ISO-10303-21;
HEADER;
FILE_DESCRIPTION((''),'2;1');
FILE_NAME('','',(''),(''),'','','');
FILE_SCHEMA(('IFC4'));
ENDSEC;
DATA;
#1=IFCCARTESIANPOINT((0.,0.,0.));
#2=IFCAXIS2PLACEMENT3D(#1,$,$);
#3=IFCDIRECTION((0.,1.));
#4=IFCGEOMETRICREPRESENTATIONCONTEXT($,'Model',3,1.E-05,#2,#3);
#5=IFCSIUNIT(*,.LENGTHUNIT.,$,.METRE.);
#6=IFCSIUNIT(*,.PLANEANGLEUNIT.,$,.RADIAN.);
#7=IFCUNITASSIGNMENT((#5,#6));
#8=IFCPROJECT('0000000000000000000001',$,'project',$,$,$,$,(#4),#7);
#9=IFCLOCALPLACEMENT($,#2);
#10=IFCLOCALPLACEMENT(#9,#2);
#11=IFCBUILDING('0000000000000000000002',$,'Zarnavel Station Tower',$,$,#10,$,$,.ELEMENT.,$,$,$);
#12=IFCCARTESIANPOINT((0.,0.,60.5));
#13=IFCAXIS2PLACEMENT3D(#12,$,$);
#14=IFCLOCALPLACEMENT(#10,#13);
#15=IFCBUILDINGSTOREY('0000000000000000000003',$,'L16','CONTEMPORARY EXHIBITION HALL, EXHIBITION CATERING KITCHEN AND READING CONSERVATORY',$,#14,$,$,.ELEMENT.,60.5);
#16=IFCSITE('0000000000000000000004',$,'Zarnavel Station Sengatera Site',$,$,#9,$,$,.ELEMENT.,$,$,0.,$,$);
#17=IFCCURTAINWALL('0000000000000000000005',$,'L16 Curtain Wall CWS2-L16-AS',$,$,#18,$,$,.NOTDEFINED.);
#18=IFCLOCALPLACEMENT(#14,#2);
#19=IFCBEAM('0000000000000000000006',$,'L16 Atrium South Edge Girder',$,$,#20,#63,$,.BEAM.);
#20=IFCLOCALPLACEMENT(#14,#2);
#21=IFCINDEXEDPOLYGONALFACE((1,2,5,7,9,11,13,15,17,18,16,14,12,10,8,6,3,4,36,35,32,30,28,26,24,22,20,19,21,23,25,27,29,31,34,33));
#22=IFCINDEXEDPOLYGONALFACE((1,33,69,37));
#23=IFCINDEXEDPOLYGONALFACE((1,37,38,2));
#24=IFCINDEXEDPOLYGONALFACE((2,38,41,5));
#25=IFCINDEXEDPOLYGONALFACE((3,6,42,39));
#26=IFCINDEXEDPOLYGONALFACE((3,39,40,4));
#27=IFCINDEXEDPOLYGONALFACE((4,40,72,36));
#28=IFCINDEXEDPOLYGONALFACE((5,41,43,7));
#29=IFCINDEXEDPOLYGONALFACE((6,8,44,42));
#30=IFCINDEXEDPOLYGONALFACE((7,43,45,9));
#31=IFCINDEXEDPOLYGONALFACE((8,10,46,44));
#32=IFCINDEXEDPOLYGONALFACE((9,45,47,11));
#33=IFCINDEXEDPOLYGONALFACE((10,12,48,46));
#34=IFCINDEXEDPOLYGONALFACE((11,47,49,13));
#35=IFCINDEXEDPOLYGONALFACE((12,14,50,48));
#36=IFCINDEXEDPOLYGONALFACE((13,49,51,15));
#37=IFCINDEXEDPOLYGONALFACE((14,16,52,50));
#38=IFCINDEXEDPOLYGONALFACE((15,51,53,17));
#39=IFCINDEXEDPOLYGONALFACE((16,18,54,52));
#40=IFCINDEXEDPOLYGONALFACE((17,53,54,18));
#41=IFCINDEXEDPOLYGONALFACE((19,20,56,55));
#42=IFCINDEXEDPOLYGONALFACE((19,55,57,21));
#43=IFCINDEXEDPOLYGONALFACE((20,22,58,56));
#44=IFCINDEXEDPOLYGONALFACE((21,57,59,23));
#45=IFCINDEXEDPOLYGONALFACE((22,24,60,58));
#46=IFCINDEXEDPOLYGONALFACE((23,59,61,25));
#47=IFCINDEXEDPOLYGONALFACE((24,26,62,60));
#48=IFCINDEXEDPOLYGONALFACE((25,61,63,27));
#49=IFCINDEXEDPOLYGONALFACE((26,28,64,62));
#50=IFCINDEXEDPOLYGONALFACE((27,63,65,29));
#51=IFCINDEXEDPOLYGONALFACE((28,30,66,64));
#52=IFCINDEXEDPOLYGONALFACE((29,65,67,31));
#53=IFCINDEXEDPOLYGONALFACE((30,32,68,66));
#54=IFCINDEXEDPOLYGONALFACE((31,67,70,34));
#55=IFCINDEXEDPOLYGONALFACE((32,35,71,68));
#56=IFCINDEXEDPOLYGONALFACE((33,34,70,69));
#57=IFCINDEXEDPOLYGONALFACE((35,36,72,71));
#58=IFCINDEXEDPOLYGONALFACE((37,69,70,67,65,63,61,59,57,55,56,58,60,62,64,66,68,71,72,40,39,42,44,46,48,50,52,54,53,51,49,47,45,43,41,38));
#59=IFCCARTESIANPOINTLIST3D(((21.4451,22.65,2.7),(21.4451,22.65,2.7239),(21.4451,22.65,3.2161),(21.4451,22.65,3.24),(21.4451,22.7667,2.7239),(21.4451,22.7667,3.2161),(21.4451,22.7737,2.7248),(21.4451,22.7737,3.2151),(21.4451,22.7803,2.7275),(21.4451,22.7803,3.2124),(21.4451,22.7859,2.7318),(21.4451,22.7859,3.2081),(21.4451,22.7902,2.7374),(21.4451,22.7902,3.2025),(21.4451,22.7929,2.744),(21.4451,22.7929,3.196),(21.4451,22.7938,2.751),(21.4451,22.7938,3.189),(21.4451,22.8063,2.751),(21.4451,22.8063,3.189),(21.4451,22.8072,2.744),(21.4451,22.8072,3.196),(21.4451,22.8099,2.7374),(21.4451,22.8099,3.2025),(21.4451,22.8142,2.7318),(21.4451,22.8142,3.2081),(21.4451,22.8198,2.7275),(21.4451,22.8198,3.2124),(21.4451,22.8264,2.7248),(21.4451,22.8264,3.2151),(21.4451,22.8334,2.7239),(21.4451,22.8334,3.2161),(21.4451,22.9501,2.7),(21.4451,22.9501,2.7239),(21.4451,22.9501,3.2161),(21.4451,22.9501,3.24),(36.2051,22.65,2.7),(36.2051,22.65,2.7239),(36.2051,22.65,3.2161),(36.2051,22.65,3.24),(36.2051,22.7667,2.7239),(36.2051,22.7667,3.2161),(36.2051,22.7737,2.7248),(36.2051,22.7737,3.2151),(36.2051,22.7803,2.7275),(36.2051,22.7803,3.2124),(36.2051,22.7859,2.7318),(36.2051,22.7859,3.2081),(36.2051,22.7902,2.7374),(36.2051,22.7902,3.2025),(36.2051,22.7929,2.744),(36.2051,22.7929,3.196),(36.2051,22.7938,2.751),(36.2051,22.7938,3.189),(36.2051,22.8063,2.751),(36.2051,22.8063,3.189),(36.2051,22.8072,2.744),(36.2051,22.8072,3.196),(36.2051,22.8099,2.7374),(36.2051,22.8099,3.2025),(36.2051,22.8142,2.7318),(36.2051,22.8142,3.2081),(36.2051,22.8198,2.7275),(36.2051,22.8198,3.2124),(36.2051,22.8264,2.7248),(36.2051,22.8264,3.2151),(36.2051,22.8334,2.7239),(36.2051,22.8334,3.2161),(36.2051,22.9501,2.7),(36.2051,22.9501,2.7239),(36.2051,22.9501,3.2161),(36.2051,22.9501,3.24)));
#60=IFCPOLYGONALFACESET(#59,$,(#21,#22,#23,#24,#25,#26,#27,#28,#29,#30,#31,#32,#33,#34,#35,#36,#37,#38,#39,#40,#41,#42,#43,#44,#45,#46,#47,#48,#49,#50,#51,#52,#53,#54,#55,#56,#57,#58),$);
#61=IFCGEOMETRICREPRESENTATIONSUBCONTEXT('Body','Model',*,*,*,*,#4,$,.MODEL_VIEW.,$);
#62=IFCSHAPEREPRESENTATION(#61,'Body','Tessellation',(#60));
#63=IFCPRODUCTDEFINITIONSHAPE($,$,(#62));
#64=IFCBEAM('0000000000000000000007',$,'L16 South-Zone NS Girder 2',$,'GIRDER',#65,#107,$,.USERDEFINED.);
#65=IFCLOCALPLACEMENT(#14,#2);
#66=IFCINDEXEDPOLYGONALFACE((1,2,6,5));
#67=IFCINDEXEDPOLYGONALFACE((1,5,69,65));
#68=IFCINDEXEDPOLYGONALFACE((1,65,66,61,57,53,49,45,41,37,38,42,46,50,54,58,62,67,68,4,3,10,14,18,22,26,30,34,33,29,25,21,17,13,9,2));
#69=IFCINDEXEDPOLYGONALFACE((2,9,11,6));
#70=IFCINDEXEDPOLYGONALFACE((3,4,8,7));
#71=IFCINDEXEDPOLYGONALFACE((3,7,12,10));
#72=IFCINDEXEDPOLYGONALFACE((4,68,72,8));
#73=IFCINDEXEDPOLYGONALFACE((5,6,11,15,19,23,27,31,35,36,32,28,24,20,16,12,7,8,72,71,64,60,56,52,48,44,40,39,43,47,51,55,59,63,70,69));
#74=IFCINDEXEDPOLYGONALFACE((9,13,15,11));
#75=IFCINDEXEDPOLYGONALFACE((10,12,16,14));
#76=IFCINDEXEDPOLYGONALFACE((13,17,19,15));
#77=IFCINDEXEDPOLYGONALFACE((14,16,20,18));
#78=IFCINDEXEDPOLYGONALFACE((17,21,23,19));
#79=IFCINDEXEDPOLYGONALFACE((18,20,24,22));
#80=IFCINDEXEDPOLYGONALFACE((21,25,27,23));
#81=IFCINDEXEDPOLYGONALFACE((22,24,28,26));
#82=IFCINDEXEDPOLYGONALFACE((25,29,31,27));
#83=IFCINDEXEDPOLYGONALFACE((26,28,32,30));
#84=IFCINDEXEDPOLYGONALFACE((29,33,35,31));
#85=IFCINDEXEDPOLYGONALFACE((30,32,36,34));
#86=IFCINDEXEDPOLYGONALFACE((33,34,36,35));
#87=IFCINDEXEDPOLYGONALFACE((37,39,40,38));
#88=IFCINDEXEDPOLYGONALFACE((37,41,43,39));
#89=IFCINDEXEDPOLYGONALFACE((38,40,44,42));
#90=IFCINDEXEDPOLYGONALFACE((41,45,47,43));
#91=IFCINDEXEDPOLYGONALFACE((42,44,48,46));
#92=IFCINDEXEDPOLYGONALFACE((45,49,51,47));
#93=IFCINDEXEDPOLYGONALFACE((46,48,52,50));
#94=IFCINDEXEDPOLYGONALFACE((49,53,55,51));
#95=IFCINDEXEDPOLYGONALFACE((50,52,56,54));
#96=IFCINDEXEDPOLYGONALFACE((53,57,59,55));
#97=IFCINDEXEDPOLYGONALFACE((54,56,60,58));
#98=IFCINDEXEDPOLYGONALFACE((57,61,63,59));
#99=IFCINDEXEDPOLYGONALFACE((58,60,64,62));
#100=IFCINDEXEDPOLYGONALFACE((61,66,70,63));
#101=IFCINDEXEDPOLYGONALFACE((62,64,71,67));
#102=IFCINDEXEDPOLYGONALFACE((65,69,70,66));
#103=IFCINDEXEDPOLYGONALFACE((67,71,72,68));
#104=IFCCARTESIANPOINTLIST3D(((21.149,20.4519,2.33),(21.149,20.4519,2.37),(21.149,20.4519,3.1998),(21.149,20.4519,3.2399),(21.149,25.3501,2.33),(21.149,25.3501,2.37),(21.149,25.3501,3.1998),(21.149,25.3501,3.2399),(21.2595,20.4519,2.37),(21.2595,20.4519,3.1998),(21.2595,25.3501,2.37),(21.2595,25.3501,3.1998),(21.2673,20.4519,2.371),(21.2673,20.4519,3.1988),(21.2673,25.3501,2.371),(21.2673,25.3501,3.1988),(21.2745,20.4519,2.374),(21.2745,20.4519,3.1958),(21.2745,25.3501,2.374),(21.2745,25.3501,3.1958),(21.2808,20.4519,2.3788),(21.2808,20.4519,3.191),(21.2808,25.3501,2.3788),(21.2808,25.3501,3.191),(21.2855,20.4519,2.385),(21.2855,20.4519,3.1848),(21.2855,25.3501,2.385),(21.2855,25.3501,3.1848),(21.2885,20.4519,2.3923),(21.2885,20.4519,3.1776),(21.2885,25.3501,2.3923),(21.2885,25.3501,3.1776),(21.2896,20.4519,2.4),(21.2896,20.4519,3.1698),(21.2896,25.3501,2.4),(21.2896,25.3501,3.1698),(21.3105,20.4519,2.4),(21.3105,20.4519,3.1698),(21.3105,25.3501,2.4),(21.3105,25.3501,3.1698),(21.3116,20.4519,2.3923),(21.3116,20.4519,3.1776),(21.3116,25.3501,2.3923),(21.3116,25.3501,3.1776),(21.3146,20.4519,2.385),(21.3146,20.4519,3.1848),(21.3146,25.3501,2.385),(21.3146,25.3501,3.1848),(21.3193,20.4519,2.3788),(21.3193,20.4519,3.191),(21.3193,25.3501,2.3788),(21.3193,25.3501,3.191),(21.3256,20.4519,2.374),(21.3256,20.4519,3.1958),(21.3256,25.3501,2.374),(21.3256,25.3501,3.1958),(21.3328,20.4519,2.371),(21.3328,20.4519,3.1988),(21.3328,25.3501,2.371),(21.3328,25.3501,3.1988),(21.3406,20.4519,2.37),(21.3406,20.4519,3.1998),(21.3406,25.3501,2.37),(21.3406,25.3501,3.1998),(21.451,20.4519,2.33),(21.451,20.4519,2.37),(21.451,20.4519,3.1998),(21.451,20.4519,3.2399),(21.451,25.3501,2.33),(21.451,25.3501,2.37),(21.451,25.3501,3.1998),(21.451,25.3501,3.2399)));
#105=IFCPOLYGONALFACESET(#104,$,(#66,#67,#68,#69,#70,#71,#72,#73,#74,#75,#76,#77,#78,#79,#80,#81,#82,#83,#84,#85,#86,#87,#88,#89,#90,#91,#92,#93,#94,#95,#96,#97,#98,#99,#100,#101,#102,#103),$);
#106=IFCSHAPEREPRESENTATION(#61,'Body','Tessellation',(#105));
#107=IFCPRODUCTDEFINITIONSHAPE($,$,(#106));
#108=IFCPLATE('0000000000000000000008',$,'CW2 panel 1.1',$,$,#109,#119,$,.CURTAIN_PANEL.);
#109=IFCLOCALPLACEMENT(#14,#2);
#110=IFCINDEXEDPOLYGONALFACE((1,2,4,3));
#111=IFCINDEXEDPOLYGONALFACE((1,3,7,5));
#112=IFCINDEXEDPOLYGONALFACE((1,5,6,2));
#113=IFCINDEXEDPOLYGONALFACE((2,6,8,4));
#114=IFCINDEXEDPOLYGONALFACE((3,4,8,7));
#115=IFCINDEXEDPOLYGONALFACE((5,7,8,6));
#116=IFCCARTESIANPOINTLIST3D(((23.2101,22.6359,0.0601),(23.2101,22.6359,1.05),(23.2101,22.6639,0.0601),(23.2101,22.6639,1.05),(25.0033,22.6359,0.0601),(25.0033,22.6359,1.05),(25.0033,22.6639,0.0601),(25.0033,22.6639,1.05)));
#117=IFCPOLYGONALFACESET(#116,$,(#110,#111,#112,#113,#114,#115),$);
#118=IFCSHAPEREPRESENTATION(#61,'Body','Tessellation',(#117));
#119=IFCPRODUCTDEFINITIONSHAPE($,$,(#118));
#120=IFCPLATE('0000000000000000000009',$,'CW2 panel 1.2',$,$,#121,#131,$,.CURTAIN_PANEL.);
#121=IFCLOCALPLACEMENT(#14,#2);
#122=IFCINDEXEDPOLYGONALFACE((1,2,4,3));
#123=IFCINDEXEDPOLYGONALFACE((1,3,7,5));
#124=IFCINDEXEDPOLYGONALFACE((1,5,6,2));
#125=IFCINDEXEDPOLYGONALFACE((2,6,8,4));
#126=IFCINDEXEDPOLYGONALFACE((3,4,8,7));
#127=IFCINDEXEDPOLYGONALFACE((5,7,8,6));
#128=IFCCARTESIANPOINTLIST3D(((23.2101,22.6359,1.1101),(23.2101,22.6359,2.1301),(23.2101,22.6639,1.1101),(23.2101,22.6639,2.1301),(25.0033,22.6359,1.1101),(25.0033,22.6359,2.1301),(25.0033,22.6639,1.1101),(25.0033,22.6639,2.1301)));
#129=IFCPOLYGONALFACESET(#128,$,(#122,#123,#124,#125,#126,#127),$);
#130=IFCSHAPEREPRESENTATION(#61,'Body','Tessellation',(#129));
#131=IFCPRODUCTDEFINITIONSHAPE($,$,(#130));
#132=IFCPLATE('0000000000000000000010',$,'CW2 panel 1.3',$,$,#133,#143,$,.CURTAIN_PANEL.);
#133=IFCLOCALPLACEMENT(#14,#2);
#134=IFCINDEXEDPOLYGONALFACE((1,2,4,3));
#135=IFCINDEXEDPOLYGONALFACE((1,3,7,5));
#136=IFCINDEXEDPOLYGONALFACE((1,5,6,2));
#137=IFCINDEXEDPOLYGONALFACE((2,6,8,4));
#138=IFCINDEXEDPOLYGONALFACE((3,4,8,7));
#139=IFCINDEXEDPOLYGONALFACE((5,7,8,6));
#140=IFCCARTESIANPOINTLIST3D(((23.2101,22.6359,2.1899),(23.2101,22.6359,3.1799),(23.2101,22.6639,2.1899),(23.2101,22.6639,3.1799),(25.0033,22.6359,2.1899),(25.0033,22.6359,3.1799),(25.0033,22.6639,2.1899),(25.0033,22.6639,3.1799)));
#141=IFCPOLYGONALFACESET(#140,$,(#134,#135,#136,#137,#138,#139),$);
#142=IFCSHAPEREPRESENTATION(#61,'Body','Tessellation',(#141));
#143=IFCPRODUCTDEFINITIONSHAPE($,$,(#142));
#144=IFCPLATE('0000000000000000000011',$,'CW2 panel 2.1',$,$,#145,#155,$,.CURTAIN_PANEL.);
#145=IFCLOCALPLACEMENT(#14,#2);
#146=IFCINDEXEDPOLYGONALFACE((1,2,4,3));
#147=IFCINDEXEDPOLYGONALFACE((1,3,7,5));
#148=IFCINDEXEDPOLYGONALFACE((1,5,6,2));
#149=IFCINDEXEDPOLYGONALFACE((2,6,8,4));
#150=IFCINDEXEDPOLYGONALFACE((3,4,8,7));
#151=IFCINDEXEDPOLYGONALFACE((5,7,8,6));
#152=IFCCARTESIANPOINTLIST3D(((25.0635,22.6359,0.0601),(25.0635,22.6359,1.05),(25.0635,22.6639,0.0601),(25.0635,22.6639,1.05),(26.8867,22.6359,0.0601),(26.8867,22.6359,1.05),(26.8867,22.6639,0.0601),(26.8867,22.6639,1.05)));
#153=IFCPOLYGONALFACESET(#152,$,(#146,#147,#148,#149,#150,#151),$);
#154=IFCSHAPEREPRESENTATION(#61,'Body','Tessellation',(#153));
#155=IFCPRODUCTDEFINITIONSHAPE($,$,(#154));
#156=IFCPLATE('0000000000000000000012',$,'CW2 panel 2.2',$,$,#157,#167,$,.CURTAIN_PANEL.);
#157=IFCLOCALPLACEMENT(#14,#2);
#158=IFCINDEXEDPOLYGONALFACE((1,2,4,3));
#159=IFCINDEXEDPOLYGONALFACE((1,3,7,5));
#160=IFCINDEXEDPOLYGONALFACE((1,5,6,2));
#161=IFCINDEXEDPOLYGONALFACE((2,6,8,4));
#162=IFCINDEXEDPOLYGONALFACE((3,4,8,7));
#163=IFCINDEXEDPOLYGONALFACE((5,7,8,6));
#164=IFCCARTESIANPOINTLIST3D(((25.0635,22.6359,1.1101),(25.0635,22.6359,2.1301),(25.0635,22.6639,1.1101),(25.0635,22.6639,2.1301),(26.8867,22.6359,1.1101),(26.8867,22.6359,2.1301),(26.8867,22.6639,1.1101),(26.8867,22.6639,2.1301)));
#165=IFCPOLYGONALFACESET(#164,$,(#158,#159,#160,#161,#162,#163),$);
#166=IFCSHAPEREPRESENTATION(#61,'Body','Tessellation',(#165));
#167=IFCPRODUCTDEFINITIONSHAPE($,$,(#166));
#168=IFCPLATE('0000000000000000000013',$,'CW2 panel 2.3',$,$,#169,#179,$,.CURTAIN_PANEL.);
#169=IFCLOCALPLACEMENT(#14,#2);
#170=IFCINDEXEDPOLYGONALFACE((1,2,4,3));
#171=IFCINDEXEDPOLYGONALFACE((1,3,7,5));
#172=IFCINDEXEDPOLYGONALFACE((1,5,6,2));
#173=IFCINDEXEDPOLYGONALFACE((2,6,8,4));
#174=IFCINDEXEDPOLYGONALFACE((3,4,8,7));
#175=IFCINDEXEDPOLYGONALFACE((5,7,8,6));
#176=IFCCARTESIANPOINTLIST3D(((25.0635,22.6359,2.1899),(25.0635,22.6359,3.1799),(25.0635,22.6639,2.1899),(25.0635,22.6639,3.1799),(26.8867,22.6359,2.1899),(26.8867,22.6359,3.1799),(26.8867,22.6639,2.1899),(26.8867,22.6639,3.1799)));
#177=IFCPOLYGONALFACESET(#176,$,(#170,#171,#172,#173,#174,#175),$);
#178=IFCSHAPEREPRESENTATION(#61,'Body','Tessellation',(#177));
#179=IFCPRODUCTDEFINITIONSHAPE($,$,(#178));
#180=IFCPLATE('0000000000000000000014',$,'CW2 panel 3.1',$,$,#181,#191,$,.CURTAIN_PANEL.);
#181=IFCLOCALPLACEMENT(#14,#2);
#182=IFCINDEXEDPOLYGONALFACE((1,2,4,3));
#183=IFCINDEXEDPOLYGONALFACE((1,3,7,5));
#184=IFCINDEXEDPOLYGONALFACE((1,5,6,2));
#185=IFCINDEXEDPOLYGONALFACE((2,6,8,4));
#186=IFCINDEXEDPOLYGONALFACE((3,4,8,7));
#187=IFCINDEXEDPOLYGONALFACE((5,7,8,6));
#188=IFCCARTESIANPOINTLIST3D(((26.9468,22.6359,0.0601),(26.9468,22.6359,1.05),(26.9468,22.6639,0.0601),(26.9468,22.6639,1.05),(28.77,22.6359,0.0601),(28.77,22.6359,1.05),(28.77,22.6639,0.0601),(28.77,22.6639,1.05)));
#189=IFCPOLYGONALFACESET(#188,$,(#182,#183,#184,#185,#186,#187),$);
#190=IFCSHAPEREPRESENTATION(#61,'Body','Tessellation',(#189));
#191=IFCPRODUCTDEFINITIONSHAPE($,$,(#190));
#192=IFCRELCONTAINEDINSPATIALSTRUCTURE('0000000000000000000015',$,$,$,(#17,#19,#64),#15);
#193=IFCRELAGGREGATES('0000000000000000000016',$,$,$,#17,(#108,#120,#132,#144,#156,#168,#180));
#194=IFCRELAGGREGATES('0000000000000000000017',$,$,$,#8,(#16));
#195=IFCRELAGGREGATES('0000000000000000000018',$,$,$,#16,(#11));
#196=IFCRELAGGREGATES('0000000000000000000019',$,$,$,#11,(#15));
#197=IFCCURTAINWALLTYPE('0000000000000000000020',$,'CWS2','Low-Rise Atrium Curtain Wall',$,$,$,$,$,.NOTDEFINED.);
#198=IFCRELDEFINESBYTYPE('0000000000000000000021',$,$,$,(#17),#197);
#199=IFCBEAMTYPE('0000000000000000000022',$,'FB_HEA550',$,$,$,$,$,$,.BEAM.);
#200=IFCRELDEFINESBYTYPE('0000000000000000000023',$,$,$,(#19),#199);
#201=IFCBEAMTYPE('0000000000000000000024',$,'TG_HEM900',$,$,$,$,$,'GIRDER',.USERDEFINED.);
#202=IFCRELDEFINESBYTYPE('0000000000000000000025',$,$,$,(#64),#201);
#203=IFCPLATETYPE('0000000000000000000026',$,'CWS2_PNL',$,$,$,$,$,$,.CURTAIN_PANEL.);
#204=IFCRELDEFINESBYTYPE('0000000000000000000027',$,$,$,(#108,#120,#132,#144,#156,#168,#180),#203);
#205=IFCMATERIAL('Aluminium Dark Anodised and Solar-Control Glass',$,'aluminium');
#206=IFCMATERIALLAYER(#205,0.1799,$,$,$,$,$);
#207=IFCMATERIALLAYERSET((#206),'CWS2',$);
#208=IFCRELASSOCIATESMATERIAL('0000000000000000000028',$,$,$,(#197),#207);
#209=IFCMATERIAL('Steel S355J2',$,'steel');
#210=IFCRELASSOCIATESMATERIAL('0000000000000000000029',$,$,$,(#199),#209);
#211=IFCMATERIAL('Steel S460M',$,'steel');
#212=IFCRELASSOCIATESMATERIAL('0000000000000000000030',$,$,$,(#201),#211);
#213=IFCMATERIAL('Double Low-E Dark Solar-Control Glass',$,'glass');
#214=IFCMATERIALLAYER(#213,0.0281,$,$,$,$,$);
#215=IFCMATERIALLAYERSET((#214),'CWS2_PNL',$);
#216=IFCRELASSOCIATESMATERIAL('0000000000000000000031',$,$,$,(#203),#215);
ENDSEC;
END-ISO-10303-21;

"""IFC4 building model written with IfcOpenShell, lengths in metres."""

from ifc_helpers import new_model, si_unit, direction, frame, origin, origin_2d, place, context, subcontext, project, spatial, rectangle, i_section, extrude, material, layer, layer_set, material_profile, profile_set, type_object, element, aggregate, save


model = new_model("IFC4")

# Units and contexts
model_context = context("Model", 3, precision=1e-05, world=origin(), true_north=direction((0.0, 1.0)))
body_context = subcontext(model_context, "Body", "Model", "MODEL_VIEW")
ifc_project = project(units=[si_unit("LENGTHUNIT", "METRE"), si_unit("PLANEANGLEUNIT", "RADIAN")], contexts=[model_context])

# Site, building, storey
site_placement = place(None, origin())
site = spatial("IfcSite", under=ifc_project, at=site_placement, Name="Zarnavel Station Sengatera Site", CompositionType="ELEMENT", RefElevation=0.0)
building_placement = place(site_placement, origin())
building = spatial("IfcBuilding", under=site, at=building_placement, Name="Zarnavel Station Tower", CompositionType="ELEMENT")
storey_placement = place(building_placement, frame((0.0, 0.0, 60.5)))
storey = spatial("IfcBuildingStorey", under=building, at=storey_placement, Name="L16", Description="CONTEMPORARY EXHIBITION HALL, EXHIBITION CATERING KITCHEN AND READING CONSERVATORY", CompositionType="ELEMENT", Elevation=60.5)

# Curtain wall
ifc_material_1 = material(Name="Aluminium Dark Anodised and Solar-Control Glass", Category="aluminium")
ifc_layer_1 = layer(ifc_material_1, 0.1799)
ifc_layer_set_1 = layer_set([ifc_layer_1], Name="CWS2")
curtain_wall_type = type_object("IfcCurtainWallType", Name="CWS2", Description="Low-Rise Atrium Curtain Wall", PredefinedType="NOTDEFINED", material=ifc_layer_set_1)
curtain_wall_placement = place(storey_placement, origin())
curtain_wall = element("IfcCurtainWall", 1, at=curtain_wall_placement, inside=storey, type_object=curtain_wall_type, Name="L16 Curtain Wall CWS2-L16-AS", PredefinedType="NOTDEFINED")

# Beams
ifc_material_2 = material(Name="Steel S355J2", Category="steel")
ifc_material_profile_1 = material_profile(ifc_material_2, i_section(OverallWidth=0.3, OverallDepth=0.54, WebThickness=0.0125, FlangeThickness=0.0239, FilletRadius=0.0271, at=origin_2d()), Name="HEA550")
ifc_profile_set_1 = profile_set([ifc_material_profile_1], Name="Steel S355J2")
beam_type_1 = type_object("IfcBeamType", Name="FB_HEA550", PredefinedType="BEAM", material=ifc_profile_set_1)
beam_1_placement = place(storey_placement, frame((21.4451, 22.8, 2.97), z_axis=(1.0, 0.0, 0.0), x_axis=(0.0, 1.0, 0.0)))
element("IfcBeam", 2, at=beam_1_placement, inside=storey, type_object=beam_type_1, Name="L16 Atrium South Edge Girder", PredefinedType="BEAM", context=body_context, shape_type="SweptSolid", body=[
    extrude(i_section(OverallWidth=0.3, OverallDepth=0.54, WebThickness=0.0125, FlangeThickness=0.0239, FilletRadius=0.0271, at=origin_2d()), origin(), (0.0, 0.0, 1.0), 14.76),
])
ifc_material_3 = material(Name="Steel S460M", Category="steel")
ifc_material_profile_2 = material_profile(ifc_material_3, i_section(OverallWidth=0.302, OverallDepth=0.9099, WebThickness=0.021, FlangeThickness=0.04, FilletRadius=0.03, at=origin_2d()), Name="HEM900")
ifc_profile_set_2 = profile_set([ifc_material_profile_2], Name="Steel S460M")
beam_type_2 = type_object("IfcBeamType", Name="TG_HEM900", ElementType="GIRDER", PredefinedType="USERDEFINED", material=ifc_profile_set_2)
beam_2_placement = place(storey_placement, frame((21.3, 20.4519, 2.7849), z_axis=(0.0, 1.0, 0.0), x_axis=(-1.0, 0.0, 0.0)))
element("IfcBeam", 3, at=beam_2_placement, inside=storey, type_object=beam_type_2, Name="L16 South-Zone NS Girder 2", ObjectType="GIRDER", PredefinedType="USERDEFINED", context=body_context, shape_type="SweptSolid", body=[
    extrude(i_section(OverallWidth=0.302, OverallDepth=0.9099, WebThickness=0.021, FlangeThickness=0.04, FilletRadius=0.03, at=origin_2d()), origin(), (0.0, 0.0, 1.0), 4.8982),
])

# Plates
ifc_material_4 = material(Name="Double Low-E Dark Solar-Control Glass", Category="glass")
ifc_layer_2 = layer(ifc_material_4, 0.0281)
ifc_layer_set_2 = layer_set([ifc_layer_2], Name="CWS2_PNL")
plate_type_1 = type_object("IfcPlateType", Name="CWS2_PNL", PredefinedType="CURTAIN_PANEL", material=ifc_layer_set_2)
plate_1_placement = place(storey_placement, frame((24.1067, 22.6499, 0.0601), z_axis=(0.0, 0.0, 1.0), x_axis=(1.0, 0.0, 0.0)))
plate_1 = element("IfcPlate", 4, at=plate_1_placement, type_object=plate_type_1, Name="CW2 panel 1.1", PredefinedType="CURTAIN_PANEL", context=body_context, shape_type="SweptSolid", body=[
    extrude(rectangle(XDim=1.7932, YDim=0.0281, at=origin_2d()), origin(), (0.0, 0.0, 1.0), 0.99),
])
plate_2_placement = place(storey_placement, frame((24.1067, 22.6499, 1.1101), z_axis=(0.0, 0.0, 1.0), x_axis=(1.0, 0.0, 0.0)))
plate_2 = element("IfcPlate", 5, at=plate_2_placement, type_object=plate_type_1, Name="CW2 panel 1.2", PredefinedType="CURTAIN_PANEL", context=body_context, shape_type="SweptSolid", body=[
    extrude(rectangle(XDim=1.7932, YDim=0.0281, at=origin_2d()), origin(), (0.0, 0.0, 1.0), 1.02),
])
plate_3_placement = place(storey_placement, frame((24.1067, 22.6499, 2.1899), z_axis=(0.0, 0.0, 1.0), x_axis=(1.0, 0.0, 0.0)))
plate_3 = element("IfcPlate", 6, at=plate_3_placement, type_object=plate_type_1, Name="CW2 panel 1.3", PredefinedType="CURTAIN_PANEL", context=body_context, shape_type="SweptSolid", body=[
    extrude(rectangle(XDim=1.7932, YDim=0.0281, at=origin_2d()), origin(), (0.0, 0.0, 1.0), 0.99),
])
plate_4_placement = place(storey_placement, frame((25.9751, 22.6499, 0.0601), z_axis=(0.0, 0.0, 1.0), x_axis=(1.0, 0.0, 0.0)))
plate_4 = element("IfcPlate", 7, at=plate_4_placement, type_object=plate_type_1, Name="CW2 panel 2.1", PredefinedType="CURTAIN_PANEL", context=body_context, shape_type="SweptSolid", body=[
    extrude(rectangle(XDim=1.8232, YDim=0.0281, at=origin_2d()), origin(), (0.0, 0.0, 1.0), 0.99),
])
plate_5_placement = place(storey_placement, frame((25.9751, 22.6499, 1.1101), z_axis=(0.0, 0.0, 1.0), x_axis=(1.0, 0.0, 0.0)))
plate_5 = element("IfcPlate", 8, at=plate_5_placement, type_object=plate_type_1, Name="CW2 panel 2.2", PredefinedType="CURTAIN_PANEL", context=body_context, shape_type="SweptSolid", body=[
    extrude(rectangle(XDim=1.8232, YDim=0.0281, at=origin_2d()), origin(), (0.0, 0.0, 1.0), 1.02),
])
plate_6_placement = place(storey_placement, frame((25.9751, 22.6499, 2.1899), z_axis=(0.0, 0.0, 1.0), x_axis=(1.0, 0.0, 0.0)))
plate_6 = element("IfcPlate", 9, at=plate_6_placement, type_object=plate_type_1, Name="CW2 panel 2.3", PredefinedType="CURTAIN_PANEL", context=body_context, shape_type="SweptSolid", body=[
    extrude(rectangle(XDim=1.8232, YDim=0.0281, at=origin_2d()), origin(), (0.0, 0.0, 1.0), 0.99),
])
plate_7_placement = place(storey_placement, frame((27.8584, 22.6499, 0.0601), z_axis=(0.0, 0.0, 1.0), x_axis=(1.0, 0.0, 0.0)))
plate_7 = element("IfcPlate", 10, at=plate_7_placement, type_object=plate_type_1, Name="CW2 panel 3.1", PredefinedType="CURTAIN_PANEL", context=body_context, shape_type="SweptSolid", body=[
    extrude(rectangle(XDim=1.8232, YDim=0.0281, at=origin_2d()), origin(), (0.0, 0.0, 1.0), 0.99),
])
aggregate(curtain_wall, [plate_1, plate_2, plate_3, plate_4, plate_5, plate_6, plate_7])

save(model, "model.ifc")
